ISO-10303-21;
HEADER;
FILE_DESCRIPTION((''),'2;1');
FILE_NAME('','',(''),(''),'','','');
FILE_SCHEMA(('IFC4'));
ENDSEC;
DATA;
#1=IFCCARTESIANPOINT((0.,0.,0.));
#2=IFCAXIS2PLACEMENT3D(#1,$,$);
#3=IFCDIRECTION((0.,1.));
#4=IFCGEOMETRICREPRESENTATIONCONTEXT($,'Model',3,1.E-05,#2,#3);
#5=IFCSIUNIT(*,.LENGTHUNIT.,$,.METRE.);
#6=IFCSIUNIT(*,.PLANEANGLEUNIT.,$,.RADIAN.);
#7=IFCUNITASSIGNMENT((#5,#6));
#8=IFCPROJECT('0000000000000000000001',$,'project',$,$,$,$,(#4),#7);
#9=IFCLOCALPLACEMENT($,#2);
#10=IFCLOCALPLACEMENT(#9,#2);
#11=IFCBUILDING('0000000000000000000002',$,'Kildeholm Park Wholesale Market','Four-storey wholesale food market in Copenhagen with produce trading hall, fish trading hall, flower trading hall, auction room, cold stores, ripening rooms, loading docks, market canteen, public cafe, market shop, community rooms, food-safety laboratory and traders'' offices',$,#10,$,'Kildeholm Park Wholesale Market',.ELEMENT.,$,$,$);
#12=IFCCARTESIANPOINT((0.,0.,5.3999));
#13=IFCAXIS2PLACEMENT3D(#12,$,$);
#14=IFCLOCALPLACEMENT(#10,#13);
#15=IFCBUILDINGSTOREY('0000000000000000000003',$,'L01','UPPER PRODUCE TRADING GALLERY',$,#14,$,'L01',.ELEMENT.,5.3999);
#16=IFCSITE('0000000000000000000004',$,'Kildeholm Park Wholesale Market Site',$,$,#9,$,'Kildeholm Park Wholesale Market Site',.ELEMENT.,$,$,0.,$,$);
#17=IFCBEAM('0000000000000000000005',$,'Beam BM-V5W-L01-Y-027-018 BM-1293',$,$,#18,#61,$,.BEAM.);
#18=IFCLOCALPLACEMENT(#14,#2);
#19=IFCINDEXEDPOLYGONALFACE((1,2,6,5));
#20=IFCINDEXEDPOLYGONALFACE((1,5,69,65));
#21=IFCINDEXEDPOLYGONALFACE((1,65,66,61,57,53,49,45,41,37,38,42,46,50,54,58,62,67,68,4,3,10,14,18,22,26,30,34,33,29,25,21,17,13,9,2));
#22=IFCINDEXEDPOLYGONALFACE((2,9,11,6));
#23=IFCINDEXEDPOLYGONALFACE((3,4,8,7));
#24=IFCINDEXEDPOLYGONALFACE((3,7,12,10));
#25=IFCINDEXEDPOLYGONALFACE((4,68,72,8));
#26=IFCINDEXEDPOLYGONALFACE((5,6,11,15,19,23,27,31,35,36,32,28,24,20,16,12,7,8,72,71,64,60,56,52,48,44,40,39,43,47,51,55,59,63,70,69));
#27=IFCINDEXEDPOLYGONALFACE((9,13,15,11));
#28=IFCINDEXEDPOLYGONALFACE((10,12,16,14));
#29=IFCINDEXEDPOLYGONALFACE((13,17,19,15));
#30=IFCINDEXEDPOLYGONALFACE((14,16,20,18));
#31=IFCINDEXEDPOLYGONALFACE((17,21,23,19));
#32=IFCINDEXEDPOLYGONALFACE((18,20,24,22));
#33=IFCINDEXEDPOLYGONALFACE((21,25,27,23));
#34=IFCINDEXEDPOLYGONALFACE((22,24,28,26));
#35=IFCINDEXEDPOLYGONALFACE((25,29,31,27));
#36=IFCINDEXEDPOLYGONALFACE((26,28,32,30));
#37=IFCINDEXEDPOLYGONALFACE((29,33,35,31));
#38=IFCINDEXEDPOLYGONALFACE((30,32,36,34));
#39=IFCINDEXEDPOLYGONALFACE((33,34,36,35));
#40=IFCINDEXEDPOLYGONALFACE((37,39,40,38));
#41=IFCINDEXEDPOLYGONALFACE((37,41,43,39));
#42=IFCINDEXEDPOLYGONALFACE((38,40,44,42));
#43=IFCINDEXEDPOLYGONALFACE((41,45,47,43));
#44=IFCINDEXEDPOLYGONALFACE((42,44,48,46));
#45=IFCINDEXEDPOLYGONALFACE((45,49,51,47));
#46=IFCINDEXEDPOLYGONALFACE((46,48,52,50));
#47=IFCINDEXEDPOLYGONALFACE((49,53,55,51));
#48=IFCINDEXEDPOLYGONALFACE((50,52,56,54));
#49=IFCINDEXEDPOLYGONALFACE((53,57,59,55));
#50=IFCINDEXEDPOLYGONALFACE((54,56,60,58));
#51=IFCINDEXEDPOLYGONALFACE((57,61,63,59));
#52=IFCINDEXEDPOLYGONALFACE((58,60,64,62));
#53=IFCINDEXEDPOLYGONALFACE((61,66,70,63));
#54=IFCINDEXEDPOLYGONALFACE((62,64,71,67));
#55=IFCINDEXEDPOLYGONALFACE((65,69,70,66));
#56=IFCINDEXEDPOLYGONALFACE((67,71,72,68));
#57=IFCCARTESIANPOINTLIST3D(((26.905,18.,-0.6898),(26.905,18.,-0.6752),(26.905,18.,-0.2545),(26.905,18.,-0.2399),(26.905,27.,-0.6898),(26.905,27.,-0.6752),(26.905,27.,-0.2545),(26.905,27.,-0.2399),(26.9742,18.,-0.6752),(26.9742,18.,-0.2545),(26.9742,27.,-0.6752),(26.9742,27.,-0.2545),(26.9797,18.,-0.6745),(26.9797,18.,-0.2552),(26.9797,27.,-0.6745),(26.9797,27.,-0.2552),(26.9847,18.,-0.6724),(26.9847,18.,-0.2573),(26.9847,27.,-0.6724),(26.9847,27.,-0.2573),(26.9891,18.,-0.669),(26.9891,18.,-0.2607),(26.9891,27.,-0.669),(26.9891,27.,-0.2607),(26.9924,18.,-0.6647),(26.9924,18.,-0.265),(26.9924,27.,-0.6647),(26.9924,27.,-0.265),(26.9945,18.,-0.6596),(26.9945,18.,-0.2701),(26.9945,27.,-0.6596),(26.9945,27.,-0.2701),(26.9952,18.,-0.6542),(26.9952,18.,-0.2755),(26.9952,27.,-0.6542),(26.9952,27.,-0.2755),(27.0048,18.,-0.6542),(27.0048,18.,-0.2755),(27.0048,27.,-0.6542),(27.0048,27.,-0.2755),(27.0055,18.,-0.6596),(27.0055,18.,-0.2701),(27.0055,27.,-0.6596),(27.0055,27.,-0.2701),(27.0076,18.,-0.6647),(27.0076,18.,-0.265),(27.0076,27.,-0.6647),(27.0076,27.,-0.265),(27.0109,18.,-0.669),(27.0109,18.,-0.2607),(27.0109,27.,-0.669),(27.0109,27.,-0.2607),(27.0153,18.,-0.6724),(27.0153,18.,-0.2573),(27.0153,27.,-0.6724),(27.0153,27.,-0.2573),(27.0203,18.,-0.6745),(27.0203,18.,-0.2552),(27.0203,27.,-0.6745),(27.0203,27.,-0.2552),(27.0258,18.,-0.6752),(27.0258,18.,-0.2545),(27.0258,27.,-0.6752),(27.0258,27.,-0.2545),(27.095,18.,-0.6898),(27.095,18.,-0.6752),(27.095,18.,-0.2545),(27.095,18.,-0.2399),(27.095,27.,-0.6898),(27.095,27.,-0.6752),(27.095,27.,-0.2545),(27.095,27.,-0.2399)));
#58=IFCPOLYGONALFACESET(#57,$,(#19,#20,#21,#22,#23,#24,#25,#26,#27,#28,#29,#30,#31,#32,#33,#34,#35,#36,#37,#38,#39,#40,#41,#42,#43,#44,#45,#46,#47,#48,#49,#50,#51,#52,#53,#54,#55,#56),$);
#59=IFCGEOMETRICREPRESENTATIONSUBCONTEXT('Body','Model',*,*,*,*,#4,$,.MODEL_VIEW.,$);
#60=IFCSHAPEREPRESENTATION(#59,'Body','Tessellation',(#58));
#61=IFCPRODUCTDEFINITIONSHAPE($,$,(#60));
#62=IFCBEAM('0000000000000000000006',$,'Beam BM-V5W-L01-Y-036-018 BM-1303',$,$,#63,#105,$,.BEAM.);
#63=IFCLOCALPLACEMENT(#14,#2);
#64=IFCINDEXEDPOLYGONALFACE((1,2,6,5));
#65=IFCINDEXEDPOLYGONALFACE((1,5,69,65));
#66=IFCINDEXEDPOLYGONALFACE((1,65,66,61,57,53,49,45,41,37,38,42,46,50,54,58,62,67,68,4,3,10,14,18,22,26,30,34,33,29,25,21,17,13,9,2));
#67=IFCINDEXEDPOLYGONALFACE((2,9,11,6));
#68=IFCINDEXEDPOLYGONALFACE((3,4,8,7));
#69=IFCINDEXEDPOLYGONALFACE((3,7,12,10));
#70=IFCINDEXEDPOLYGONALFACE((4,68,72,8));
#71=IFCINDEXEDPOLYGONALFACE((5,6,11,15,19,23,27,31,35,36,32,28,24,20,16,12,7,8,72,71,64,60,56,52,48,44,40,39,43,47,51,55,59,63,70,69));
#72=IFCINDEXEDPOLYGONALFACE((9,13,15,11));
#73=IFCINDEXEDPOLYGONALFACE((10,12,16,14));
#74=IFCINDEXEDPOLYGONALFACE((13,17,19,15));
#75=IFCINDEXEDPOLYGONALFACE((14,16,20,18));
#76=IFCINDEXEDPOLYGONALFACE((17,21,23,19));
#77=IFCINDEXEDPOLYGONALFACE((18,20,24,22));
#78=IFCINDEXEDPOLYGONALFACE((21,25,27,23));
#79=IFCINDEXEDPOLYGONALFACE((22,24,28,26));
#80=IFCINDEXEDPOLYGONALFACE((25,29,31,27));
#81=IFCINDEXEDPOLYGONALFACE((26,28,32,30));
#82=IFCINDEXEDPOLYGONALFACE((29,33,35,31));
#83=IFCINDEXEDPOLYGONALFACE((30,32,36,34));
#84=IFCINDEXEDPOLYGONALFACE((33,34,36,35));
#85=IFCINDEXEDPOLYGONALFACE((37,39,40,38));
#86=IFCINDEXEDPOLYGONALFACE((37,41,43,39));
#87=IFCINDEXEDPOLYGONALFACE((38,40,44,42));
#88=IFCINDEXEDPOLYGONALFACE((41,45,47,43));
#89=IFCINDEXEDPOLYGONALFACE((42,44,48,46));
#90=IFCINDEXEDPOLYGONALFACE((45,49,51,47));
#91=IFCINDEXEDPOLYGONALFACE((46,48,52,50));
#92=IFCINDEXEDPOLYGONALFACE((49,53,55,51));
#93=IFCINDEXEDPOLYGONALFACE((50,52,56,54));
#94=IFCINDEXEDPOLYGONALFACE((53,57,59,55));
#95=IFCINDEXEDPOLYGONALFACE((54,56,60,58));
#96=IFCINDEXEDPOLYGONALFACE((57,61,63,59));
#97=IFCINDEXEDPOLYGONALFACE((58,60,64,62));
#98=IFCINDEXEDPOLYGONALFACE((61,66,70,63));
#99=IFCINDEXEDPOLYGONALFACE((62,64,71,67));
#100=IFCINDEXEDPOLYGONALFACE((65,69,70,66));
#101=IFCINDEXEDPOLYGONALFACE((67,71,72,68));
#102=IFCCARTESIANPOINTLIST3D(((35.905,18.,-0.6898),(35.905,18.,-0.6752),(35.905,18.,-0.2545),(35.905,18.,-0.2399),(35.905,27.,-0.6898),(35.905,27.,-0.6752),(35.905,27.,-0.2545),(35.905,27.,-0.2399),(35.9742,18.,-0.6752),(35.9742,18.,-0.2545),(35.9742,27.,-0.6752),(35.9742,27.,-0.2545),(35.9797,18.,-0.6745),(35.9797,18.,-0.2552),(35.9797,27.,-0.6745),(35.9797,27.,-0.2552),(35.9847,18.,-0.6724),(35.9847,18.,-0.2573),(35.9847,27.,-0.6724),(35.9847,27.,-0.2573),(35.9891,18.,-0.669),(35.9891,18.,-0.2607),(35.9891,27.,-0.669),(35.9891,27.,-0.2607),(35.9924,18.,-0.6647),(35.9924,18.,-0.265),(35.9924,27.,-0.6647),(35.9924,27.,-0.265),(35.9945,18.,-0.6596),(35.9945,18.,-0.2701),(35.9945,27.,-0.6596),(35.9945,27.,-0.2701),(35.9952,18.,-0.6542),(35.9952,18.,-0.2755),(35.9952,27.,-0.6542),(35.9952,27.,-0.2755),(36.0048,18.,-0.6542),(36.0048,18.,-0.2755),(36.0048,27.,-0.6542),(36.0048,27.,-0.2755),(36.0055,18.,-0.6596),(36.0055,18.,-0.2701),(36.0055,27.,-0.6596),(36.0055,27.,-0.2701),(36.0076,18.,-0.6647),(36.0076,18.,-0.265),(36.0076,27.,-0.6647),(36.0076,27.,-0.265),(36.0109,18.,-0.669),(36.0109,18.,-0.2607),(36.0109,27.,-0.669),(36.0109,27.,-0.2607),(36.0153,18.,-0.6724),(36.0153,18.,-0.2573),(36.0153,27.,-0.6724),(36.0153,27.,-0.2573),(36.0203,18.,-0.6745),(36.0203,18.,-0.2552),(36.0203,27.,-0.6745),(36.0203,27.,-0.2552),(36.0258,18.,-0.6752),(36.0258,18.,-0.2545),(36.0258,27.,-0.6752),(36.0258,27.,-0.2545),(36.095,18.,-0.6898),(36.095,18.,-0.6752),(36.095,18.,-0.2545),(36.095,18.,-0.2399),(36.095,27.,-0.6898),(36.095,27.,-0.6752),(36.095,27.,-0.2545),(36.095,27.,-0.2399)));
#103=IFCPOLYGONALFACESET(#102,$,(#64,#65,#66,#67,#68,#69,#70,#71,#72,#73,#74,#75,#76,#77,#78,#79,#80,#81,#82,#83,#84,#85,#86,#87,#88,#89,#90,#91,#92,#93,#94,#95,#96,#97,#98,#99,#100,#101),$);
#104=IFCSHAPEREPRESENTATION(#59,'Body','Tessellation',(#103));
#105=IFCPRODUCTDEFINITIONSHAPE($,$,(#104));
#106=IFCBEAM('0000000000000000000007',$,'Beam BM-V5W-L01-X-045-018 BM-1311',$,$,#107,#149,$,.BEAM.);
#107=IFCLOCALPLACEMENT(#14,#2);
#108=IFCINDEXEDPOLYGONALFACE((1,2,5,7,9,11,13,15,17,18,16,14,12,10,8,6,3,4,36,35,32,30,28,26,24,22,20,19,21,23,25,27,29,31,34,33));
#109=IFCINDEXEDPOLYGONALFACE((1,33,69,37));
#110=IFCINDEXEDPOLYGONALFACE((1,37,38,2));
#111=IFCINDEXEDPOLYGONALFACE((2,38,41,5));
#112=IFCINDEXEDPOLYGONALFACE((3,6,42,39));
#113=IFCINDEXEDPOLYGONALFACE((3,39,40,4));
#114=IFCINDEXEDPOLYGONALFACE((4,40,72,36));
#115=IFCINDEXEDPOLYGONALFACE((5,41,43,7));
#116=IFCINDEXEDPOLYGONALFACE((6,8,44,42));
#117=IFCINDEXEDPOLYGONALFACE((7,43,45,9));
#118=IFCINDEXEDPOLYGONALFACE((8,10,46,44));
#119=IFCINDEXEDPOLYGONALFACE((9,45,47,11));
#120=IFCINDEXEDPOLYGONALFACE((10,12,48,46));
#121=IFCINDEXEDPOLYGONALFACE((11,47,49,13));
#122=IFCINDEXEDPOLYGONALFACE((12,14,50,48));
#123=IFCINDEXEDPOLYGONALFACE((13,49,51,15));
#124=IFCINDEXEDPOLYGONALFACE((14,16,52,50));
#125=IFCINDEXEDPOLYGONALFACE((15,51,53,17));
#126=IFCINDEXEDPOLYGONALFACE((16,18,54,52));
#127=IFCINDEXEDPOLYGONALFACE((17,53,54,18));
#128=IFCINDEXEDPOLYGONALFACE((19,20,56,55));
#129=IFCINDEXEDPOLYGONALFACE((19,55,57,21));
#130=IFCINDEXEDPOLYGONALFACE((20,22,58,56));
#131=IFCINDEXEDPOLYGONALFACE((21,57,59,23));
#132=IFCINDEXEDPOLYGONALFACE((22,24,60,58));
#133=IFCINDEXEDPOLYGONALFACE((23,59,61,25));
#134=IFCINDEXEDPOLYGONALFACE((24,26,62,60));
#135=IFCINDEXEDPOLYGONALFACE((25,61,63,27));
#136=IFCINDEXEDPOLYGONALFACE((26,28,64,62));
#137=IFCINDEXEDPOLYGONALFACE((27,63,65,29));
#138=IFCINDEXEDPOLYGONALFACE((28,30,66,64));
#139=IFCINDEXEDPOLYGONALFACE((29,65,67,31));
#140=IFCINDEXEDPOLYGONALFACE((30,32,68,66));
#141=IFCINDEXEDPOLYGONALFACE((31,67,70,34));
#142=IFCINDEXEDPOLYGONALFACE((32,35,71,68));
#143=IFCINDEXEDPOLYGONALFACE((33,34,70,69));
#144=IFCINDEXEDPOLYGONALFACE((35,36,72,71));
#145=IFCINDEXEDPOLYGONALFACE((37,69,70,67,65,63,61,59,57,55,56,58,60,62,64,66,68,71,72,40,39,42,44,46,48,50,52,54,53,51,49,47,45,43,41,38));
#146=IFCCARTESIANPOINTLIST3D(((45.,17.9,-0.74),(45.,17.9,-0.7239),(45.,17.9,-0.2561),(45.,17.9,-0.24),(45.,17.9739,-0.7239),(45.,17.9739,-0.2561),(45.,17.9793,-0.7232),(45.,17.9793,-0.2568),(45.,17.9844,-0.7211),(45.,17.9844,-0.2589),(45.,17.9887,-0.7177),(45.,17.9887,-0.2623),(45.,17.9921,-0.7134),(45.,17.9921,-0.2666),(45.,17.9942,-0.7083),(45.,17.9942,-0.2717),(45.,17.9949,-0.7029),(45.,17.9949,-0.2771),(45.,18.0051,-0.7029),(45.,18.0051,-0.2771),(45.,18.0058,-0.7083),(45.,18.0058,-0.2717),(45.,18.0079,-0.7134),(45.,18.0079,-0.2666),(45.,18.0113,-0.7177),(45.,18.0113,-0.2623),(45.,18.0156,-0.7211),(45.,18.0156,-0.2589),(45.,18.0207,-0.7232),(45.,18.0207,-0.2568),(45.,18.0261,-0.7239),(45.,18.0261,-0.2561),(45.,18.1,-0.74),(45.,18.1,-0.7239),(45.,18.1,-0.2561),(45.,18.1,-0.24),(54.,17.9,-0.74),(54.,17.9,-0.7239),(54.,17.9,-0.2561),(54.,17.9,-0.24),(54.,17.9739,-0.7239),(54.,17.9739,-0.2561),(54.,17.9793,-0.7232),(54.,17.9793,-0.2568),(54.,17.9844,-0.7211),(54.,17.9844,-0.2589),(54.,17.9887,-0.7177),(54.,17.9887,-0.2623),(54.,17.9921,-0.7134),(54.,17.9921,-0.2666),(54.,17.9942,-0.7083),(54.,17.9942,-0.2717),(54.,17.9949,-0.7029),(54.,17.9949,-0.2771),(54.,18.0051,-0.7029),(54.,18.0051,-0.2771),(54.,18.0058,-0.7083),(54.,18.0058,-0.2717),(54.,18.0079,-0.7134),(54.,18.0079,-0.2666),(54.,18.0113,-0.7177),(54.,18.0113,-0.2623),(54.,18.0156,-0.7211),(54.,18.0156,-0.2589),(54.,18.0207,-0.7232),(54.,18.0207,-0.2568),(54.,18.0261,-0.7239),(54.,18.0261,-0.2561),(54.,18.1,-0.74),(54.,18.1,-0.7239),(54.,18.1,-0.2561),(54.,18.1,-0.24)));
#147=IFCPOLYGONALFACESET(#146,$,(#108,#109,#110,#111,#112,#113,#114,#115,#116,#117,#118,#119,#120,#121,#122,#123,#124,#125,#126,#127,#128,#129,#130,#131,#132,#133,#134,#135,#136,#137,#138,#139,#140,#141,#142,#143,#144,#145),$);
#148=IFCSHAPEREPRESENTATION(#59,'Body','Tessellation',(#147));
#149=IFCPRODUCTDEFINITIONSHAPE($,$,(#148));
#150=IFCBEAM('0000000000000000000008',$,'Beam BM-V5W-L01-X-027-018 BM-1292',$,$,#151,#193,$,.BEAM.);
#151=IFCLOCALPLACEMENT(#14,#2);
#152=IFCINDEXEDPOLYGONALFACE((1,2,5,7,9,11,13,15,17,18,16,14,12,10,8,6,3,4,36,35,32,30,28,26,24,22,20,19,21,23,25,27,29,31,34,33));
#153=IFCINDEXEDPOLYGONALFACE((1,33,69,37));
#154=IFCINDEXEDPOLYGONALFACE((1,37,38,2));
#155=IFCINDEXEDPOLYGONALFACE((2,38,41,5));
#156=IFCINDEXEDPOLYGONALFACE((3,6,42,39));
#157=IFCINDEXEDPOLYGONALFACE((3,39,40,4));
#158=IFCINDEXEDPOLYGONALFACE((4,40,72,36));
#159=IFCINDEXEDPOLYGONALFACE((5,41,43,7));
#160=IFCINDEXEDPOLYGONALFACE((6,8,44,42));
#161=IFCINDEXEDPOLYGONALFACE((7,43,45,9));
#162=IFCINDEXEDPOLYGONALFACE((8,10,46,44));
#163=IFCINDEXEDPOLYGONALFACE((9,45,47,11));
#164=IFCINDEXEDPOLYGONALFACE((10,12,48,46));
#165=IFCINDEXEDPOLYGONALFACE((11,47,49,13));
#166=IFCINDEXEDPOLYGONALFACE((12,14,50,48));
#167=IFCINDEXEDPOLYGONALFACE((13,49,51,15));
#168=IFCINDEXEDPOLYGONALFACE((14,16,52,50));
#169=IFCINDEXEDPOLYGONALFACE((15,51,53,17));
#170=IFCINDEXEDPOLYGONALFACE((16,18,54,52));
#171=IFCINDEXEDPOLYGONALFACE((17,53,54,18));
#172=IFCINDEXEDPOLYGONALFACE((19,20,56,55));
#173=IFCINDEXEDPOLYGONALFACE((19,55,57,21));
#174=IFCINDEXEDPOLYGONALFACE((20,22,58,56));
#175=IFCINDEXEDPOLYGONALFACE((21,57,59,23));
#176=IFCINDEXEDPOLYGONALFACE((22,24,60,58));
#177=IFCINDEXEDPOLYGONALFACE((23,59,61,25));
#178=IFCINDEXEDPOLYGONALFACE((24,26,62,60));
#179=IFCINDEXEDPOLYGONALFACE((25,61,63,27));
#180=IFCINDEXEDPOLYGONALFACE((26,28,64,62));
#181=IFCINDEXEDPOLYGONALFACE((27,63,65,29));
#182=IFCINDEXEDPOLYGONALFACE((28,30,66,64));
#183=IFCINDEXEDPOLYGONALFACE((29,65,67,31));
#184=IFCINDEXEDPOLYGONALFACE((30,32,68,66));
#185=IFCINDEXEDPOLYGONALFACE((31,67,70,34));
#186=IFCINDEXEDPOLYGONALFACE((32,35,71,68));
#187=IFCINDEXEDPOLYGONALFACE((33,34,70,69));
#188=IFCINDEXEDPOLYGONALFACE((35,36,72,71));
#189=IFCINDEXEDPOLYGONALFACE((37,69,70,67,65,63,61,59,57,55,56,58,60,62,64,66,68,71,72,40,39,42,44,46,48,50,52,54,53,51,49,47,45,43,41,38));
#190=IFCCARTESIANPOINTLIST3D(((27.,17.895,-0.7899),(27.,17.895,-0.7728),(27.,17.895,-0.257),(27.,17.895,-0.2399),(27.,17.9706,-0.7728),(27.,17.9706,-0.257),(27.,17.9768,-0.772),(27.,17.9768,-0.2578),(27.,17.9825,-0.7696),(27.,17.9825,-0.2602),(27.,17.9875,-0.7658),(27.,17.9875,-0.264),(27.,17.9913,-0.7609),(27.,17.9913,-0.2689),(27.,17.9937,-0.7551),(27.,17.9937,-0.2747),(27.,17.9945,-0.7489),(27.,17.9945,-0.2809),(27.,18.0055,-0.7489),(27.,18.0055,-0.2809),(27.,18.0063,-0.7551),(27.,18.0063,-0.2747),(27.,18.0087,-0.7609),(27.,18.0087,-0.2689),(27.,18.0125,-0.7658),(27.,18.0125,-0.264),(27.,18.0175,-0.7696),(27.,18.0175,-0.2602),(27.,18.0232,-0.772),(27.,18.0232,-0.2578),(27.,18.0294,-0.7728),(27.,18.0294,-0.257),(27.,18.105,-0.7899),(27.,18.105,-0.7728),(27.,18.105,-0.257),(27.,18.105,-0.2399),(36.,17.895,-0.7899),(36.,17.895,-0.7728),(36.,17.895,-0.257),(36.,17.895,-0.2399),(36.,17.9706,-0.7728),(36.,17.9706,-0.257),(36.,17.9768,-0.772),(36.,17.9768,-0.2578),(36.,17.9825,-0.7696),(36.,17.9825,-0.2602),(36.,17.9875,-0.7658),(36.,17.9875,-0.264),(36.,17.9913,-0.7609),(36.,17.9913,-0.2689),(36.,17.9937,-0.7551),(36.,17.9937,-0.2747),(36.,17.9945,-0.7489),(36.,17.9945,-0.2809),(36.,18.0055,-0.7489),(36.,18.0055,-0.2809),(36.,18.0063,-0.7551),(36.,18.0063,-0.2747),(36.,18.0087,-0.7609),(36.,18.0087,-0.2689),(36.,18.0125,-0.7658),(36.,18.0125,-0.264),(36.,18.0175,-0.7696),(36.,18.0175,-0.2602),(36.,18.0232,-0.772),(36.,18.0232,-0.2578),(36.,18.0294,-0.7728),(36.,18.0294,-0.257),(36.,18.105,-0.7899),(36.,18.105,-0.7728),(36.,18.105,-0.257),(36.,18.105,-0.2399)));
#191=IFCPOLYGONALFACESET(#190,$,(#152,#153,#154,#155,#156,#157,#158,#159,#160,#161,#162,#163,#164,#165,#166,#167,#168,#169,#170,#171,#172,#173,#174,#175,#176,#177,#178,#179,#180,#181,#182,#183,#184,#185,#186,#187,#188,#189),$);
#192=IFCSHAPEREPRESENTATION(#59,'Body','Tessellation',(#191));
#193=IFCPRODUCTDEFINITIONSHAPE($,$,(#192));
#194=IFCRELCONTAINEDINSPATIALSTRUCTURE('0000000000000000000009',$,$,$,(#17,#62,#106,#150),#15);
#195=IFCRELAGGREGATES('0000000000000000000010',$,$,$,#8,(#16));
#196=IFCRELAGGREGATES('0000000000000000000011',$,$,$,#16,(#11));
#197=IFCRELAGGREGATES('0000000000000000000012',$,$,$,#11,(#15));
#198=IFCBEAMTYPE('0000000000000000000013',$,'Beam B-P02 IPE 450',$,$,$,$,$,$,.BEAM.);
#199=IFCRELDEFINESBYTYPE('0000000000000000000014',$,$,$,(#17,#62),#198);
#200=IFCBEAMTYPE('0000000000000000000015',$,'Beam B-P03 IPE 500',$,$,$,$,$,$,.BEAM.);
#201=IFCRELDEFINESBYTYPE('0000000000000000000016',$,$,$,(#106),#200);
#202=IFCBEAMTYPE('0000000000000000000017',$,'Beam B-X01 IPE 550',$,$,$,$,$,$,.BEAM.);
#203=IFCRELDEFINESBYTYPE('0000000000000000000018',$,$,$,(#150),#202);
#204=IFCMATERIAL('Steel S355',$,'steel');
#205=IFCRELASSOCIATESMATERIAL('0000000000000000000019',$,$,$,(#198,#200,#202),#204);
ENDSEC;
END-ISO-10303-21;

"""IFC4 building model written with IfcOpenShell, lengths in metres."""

from ifc_helpers import new_model, si_unit, direction, frame, origin, origin_2d, place, context, subcontext, project, spatial, i_section, extrude, material, material_profile, profile_set, type_object, element, save


model = new_model("IFC4")

# Units and contexts
model_context = context("Model", 3, precision=1e-05, world=origin(), true_north=direction((0.0, 1.0)))
body_context = subcontext(model_context, "Body", "Model", "MODEL_VIEW")
ifc_project = project(units=[si_unit("LENGTHUNIT", "METRE"), si_unit("PLANEANGLEUNIT", "RADIAN")], contexts=[model_context])

# Site, building, storey
site_placement = place(None, origin())
site = spatial("IfcSite", under=ifc_project, at=site_placement, Name="Kildeholm Park Wholesale Market Site", LongName="Kildeholm Park Wholesale Market Site", CompositionType="ELEMENT", RefElevation=0.0)
building_placement = place(site_placement, origin())
building = spatial("IfcBuilding", under=site, at=building_placement, Name="Kildeholm Park Wholesale Market", Description="Four-storey wholesale food market in Copenhagen with produce trading hall, fish trading hall, flower trading hall, auction room, cold stores, ripening rooms, loading docks, market canteen, public cafe, market shop, community rooms, food-safety laboratory and traders' offices", LongName="Kildeholm Park Wholesale Market", CompositionType="ELEMENT")
storey_placement = place(building_placement, frame((0.0, 0.0, 5.3999)))
storey = spatial("IfcBuildingStorey", under=building, at=storey_placement, Name="L01", Description="UPPER PRODUCE TRADING GALLERY", LongName="L01", CompositionType="ELEMENT", Elevation=5.3999)

# Shared definitions
ifc_material_1 = material(Name="Steel S355", Category="steel")

# Beams
ifc_material_profile_1 = material_profile(ifc_material_1, i_section(OverallWidth=0.1899, OverallDepth=0.45, WebThickness=0.0095, FlangeThickness=0.0146, FilletRadius=0.021, at=origin_2d()), Name="IPE 450")
ifc_profile_set_1 = profile_set([ifc_material_profile_1], Name="Steel S355")
beam_type_1 = type_object("IfcBeamType", Name="Beam B-P02 IPE 450", PredefinedType="BEAM", material=ifc_profile_set_1)
for number, where, z_axis, x_axis, name in (
    (1, (27.0, 18.0, -0.4648), (0.0, 1.0, 0.0), (-1.0, 0.0, 0.0), "Beam BM-V5W-L01-Y-027-018 BM-1293"),
    (2, (36.0, 18.0, -0.4648), (0.0, 1.0, 0.0), (-1.0, 0.0, 0.0), "Beam BM-V5W-L01-Y-036-018 BM-1303"),
):
    element("IfcBeam", number, at=place(storey_placement, frame(where, z_axis=z_axis, x_axis=x_axis)), inside=storey, type_object=beam_type_1, Name=name, PredefinedType="BEAM", context=body_context, shape_type="SweptSolid", body=[
        extrude(i_section(OverallWidth=0.1899, OverallDepth=0.45, WebThickness=0.0095, FlangeThickness=0.0146, FilletRadius=0.021, at=origin_2d()), origin(), (0.0, 0.0, 1.0), 9.0),
    ])
ifc_material_profile_2 = material_profile(ifc_material_1, i_section(OverallWidth=0.2, OverallDepth=0.5, WebThickness=0.0103, FlangeThickness=0.0161, FilletRadius=0.021, at=origin_2d()), Name="IPE 500")
ifc_profile_set_2 = profile_set([ifc_material_profile_2], Name="Steel S355")
beam_type_2 = type_object("IfcBeamType", Name="Beam B-P03 IPE 500", PredefinedType="BEAM", material=ifc_profile_set_2)
beam_1_placement = place(storey_placement, frame((45.0, 18.0, -0.49), z_axis=(1.0, 0.0, 0.0), x_axis=(0.0, 1.0, 0.0)))
element("IfcBeam", 3, at=beam_1_placement, inside=storey, type_object=beam_type_2, Name="Beam BM-V5W-L01-X-045-018 BM-1311", PredefinedType="BEAM", context=body_context, shape_type="SweptSolid", body=[
    extrude(i_section(OverallWidth=0.2, OverallDepth=0.5, WebThickness=0.0103, FlangeThickness=0.0161, FilletRadius=0.021, at=origin_2d()), origin(), (0.0, 0.0, 1.0), 9.0),
])
ifc_material_profile_3 = material_profile(ifc_material_1, i_section(OverallWidth=0.21, OverallDepth=0.55, WebThickness=0.011, FlangeThickness=0.0171, FilletRadius=0.0239, at=origin_2d()), Name="IPE 550")
ifc_profile_set_3 = profile_set([ifc_material_profile_3], Name="Steel S355")
beam_type_3 = type_object("IfcBeamType", Name="Beam B-X01 IPE 550", PredefinedType="BEAM", material=ifc_profile_set_3)
beam_2_placement = place(storey_placement, frame((27.0, 18.0, -0.5149), z_axis=(1.0, 0.0, 0.0), x_axis=(0.0, 1.0, 0.0)))
element("IfcBeam", 4, at=beam_2_placement, inside=storey, type_object=beam_type_3, Name="Beam BM-V5W-L01-X-027-018 BM-1292", PredefinedType="BEAM", context=body_context, shape_type="SweptSolid", body=[
    extrude(i_section(OverallWidth=0.21, OverallDepth=0.55, WebThickness=0.011, FlangeThickness=0.0171, FilletRadius=0.0239, at=origin_2d()), origin(), (0.0, 0.0, 1.0), 9.0),
])

save(model, "model.ifc")
